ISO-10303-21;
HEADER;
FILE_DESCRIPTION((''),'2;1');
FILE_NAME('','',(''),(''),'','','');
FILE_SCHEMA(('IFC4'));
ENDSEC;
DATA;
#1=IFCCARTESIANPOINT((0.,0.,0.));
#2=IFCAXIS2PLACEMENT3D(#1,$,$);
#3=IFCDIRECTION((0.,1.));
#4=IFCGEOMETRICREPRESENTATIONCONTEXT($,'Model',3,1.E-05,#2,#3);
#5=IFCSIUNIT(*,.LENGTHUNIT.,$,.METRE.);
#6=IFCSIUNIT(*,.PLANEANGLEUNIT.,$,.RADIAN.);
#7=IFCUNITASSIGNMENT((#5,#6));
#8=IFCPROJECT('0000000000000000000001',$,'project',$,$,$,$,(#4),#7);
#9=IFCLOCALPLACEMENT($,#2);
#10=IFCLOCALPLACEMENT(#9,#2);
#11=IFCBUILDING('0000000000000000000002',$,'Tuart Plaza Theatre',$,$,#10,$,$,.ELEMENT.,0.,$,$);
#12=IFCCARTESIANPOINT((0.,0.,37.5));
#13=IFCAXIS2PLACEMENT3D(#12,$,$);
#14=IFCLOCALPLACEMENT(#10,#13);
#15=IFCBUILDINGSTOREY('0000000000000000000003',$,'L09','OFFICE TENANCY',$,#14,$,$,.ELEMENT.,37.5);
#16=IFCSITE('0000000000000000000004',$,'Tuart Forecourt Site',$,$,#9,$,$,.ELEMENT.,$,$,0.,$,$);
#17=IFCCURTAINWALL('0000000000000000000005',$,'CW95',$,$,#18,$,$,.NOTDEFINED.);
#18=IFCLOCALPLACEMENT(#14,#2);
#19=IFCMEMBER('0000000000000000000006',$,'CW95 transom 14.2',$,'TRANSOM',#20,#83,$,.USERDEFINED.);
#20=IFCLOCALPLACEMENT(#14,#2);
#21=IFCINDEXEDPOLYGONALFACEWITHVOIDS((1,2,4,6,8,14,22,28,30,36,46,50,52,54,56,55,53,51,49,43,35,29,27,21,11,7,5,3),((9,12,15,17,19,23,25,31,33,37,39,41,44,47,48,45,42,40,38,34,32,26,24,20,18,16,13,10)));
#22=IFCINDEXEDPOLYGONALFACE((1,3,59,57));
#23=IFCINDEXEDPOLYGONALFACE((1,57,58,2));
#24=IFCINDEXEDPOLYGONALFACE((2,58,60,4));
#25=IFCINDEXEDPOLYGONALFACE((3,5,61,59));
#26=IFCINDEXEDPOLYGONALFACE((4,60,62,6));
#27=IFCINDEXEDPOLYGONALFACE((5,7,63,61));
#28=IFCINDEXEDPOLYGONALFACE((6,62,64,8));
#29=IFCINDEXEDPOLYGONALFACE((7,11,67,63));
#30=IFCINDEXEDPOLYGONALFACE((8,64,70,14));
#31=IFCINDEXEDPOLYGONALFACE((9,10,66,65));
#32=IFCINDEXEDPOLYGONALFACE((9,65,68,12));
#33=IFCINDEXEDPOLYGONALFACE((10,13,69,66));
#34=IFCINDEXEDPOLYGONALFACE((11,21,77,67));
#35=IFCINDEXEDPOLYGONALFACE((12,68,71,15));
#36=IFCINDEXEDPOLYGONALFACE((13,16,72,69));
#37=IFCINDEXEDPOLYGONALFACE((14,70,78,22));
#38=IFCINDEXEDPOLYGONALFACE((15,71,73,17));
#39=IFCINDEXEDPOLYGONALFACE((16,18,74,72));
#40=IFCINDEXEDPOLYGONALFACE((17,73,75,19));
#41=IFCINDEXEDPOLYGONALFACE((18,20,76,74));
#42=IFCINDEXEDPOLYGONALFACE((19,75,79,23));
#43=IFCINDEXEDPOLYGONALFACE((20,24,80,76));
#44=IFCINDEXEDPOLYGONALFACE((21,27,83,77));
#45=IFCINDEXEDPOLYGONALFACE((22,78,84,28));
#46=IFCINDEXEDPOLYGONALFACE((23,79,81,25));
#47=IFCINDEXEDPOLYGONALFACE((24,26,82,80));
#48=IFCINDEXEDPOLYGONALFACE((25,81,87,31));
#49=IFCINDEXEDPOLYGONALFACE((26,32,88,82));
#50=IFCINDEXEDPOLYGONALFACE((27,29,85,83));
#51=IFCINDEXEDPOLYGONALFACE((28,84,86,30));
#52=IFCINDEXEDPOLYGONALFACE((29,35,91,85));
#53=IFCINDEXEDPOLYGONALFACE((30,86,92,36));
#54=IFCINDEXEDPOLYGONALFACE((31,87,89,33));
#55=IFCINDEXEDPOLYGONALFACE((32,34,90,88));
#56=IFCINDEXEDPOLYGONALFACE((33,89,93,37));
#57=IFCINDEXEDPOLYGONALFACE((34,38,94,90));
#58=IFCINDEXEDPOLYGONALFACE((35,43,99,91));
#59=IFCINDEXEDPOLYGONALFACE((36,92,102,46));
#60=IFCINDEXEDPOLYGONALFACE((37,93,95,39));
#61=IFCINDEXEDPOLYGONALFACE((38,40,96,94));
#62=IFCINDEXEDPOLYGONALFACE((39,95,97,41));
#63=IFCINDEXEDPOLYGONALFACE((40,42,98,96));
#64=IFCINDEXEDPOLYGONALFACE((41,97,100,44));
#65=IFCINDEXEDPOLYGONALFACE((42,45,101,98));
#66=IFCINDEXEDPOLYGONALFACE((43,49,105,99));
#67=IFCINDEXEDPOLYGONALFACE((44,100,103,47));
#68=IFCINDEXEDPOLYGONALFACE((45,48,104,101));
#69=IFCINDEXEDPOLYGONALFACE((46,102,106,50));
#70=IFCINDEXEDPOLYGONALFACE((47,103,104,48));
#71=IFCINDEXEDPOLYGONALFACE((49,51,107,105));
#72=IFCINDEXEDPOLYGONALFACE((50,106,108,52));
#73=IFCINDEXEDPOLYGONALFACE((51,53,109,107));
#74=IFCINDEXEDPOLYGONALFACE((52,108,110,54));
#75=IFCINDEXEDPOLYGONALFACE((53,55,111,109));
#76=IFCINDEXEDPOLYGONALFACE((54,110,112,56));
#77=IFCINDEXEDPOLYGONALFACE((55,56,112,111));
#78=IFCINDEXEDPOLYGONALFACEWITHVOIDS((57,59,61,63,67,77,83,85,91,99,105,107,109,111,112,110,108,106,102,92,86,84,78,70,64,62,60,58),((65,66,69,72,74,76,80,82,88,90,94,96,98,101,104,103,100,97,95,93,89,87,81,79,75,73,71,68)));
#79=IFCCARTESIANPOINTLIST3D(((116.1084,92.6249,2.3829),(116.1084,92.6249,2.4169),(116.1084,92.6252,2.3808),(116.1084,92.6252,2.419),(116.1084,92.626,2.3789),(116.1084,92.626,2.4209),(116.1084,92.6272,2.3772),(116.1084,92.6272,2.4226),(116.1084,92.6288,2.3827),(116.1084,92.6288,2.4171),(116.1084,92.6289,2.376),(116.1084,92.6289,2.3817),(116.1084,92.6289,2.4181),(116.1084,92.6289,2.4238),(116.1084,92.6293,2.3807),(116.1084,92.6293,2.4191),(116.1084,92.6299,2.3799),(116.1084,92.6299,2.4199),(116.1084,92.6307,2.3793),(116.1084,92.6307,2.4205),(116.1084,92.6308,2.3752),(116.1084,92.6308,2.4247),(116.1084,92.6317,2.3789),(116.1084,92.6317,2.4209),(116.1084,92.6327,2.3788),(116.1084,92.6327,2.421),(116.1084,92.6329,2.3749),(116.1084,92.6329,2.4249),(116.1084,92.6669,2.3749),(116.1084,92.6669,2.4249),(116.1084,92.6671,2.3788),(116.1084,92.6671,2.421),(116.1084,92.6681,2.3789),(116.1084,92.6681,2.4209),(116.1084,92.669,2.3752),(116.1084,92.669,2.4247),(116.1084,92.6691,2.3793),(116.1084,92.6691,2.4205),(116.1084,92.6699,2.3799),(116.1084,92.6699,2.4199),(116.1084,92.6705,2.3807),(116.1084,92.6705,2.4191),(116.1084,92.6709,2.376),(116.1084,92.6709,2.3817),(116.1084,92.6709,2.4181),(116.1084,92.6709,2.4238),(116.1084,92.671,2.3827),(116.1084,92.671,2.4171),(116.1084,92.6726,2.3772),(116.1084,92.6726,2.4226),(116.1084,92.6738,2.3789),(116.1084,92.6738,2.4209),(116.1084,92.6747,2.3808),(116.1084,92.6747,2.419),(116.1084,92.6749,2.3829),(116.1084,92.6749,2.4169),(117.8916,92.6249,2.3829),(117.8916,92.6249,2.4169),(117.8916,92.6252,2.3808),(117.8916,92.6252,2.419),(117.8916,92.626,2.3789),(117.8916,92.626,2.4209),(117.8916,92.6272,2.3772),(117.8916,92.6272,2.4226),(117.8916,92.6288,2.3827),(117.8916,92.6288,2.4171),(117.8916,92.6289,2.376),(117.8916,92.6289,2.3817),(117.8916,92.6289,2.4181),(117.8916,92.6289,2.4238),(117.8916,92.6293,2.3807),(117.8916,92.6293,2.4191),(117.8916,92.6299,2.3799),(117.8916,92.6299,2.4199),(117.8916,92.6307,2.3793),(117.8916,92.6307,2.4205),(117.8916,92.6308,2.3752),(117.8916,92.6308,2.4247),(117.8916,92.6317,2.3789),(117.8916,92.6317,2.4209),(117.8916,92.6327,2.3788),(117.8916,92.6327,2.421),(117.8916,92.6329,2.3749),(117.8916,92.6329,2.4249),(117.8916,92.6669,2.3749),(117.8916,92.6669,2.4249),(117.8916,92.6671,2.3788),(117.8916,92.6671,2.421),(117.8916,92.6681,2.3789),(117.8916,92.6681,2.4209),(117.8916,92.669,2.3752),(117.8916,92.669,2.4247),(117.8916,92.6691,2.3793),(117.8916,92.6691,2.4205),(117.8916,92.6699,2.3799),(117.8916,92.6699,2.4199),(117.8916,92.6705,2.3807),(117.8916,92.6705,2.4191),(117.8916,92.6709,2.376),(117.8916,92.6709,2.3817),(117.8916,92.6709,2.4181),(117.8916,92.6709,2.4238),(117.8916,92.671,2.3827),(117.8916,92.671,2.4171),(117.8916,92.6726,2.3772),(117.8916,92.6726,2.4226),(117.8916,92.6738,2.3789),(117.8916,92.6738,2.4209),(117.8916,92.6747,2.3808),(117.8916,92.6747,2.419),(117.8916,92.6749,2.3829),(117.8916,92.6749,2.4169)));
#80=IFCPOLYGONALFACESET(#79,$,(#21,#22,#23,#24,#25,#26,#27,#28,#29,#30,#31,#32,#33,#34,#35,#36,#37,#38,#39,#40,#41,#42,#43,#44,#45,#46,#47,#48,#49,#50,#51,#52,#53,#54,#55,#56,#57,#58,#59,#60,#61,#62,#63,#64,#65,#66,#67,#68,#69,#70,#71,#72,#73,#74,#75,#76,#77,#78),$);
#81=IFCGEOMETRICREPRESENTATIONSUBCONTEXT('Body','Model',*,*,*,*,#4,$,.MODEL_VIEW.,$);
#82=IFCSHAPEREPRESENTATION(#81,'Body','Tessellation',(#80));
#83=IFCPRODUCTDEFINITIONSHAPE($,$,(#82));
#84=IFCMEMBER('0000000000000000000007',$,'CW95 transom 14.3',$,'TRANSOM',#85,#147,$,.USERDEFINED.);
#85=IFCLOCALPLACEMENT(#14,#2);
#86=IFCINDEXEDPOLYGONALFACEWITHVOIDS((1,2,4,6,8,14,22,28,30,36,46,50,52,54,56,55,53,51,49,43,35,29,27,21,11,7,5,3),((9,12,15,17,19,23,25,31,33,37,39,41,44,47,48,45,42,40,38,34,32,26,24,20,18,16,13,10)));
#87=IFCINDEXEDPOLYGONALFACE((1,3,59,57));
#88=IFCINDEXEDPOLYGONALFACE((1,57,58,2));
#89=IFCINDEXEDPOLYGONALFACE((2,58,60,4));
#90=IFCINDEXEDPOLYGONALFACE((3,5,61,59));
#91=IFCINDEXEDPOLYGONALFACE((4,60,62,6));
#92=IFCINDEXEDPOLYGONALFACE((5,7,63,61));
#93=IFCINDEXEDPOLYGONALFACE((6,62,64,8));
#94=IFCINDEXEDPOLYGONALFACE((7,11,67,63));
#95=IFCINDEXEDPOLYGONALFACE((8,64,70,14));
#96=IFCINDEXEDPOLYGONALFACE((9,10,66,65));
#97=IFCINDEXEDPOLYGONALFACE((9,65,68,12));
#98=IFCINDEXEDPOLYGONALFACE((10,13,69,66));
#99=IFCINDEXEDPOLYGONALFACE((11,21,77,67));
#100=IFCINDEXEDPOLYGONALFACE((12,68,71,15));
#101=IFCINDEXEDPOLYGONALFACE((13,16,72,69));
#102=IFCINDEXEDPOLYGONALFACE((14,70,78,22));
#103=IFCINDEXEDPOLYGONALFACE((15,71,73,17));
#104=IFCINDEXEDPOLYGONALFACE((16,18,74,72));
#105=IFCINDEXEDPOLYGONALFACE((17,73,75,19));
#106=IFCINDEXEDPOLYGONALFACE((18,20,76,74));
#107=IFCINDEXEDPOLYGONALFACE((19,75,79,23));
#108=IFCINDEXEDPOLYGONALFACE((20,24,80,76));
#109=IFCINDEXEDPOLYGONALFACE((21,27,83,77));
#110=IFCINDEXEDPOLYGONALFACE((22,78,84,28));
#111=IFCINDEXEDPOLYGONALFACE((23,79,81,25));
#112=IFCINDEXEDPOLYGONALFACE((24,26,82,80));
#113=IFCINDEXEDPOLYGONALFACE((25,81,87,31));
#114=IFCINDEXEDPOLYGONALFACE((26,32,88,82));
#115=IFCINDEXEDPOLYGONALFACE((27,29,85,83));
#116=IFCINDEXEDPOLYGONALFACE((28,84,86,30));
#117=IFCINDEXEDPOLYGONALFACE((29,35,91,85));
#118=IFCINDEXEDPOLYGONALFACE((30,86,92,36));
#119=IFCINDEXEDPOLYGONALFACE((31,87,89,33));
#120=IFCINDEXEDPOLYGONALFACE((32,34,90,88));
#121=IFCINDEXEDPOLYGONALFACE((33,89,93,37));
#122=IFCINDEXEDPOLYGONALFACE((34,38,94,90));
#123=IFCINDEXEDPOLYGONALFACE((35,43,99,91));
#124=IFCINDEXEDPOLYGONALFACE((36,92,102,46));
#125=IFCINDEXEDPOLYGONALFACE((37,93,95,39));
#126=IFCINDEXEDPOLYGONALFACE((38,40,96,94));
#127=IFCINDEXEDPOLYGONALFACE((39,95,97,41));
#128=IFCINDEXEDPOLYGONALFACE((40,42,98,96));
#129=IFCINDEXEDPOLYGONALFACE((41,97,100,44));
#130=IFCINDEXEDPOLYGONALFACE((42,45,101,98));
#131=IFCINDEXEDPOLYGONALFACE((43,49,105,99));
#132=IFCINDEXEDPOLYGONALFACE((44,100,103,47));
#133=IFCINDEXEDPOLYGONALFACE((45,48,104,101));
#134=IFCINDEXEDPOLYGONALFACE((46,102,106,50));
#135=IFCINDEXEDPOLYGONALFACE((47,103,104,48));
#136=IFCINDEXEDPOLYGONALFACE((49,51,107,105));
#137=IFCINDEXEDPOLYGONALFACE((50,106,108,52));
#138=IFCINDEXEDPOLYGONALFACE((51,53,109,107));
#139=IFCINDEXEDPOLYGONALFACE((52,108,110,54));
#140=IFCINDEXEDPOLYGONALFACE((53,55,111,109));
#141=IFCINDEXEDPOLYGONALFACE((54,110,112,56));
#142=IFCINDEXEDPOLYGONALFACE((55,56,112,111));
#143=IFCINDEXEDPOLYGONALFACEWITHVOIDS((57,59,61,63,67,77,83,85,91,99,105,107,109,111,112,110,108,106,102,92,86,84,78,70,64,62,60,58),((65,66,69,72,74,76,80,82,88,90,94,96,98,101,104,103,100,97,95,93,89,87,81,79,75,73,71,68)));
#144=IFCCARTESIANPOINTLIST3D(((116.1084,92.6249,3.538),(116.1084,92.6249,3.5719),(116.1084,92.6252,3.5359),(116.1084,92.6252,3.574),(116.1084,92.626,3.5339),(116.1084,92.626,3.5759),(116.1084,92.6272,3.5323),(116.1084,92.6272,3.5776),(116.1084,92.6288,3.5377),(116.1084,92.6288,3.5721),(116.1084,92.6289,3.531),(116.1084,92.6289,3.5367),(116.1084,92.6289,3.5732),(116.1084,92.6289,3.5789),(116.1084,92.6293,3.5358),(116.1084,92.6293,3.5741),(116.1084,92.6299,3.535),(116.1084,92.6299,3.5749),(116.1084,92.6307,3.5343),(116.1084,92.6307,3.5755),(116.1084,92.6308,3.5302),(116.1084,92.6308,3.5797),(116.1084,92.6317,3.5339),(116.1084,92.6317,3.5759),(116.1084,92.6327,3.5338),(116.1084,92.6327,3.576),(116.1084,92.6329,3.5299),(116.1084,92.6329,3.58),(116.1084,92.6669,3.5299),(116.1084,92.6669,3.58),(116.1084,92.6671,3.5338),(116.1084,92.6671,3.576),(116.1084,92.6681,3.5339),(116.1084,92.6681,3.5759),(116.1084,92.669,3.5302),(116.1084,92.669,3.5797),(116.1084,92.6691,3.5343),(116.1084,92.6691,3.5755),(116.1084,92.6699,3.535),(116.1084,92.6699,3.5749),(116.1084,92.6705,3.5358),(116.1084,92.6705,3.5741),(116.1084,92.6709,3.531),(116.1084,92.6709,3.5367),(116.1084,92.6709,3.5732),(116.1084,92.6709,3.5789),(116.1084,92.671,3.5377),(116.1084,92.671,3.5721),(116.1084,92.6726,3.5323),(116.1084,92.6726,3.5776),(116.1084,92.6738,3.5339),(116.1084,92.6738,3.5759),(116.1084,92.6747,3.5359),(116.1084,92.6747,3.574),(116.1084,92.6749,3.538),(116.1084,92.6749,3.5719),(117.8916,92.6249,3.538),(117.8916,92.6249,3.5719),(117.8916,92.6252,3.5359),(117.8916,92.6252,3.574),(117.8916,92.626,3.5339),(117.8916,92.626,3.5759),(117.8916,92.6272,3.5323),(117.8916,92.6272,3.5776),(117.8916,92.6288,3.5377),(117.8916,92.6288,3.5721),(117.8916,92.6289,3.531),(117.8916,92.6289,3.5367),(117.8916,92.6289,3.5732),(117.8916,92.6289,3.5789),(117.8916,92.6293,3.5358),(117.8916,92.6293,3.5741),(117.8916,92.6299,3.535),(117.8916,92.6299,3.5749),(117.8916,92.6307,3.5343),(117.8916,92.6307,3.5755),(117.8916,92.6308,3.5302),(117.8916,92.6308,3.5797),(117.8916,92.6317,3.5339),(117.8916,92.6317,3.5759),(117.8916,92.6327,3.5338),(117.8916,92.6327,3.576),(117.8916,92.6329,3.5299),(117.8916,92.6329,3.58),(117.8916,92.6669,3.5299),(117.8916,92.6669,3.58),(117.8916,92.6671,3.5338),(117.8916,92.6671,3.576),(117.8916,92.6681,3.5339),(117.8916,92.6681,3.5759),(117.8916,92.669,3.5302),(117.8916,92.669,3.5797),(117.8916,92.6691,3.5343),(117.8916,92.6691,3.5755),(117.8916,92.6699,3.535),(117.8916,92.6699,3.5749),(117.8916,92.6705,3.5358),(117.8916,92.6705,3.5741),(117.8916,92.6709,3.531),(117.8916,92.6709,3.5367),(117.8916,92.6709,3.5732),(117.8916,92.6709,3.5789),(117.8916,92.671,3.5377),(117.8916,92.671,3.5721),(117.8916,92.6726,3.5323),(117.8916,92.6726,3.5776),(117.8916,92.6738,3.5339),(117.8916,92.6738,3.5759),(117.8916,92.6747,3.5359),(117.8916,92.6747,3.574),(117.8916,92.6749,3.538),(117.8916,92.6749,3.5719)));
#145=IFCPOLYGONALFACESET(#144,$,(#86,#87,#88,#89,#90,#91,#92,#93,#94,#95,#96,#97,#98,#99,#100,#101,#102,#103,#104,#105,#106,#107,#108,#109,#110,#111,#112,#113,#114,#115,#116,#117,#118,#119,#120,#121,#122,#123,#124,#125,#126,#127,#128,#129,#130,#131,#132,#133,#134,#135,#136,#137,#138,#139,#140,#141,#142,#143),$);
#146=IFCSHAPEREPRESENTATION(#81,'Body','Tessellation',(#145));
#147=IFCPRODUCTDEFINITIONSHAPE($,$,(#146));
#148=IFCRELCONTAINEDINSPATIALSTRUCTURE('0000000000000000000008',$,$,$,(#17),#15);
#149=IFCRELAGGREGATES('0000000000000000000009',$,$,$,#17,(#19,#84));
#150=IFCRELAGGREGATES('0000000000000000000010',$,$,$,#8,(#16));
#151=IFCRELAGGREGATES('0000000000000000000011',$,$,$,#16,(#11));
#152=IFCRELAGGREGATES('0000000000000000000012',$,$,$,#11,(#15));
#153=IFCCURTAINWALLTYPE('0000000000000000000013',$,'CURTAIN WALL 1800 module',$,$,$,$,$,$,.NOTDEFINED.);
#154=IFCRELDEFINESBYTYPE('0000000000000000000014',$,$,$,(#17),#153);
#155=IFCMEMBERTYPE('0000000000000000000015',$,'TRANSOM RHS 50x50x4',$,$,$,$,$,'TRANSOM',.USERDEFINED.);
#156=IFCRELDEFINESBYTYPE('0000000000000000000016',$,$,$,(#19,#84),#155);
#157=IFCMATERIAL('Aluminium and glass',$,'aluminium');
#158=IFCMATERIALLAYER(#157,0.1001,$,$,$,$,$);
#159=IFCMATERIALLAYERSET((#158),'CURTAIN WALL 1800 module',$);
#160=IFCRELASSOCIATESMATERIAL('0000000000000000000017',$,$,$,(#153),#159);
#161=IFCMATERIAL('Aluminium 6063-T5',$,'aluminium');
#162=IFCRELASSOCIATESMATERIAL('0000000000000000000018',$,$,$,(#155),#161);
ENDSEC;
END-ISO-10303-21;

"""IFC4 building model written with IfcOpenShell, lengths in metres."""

from ifc_helpers import new_model, si_unit, direction, frame, origin, origin_2d, place, context, subcontext, project, spatial, hollow_rectangle, extrude, material, layer, layer_set, material_profile, profile_set, type_object, element, aggregate, save


model = new_model("IFC4")

# Units and contexts
model_context = context("Model", 3, precision=1e-05, world=origin(), true_north=direction((0.0, 1.0)))
body_context = subcontext(model_context, "Body", "Model", "MODEL_VIEW")
ifc_project = project(units=[si_unit("LENGTHUNIT", "METRE"), si_unit("PLANEANGLEUNIT", "RADIAN")], contexts=[model_context])

# Site, building, storey
site_placement = place(None, origin())
site = spatial("IfcSite", under=ifc_project, at=site_placement, Name="Tuart Forecourt Site", CompositionType="ELEMENT", RefElevation=0.0)
building_placement = place(site_placement, origin())
building = spatial("IfcBuilding", under=site, at=building_placement, Name="Tuart Plaza Theatre", CompositionType="ELEMENT", ElevationOfRefHeight=0.0)
storey_placement = place(building_placement, frame((0.0, 0.0, 37.5)))
storey = spatial("IfcBuildingStorey", under=building, at=storey_placement, Name="L09", Description="OFFICE TENANCY", CompositionType="ELEMENT", Elevation=37.5)

# Curtain wall, members
ifc_material_1 = material(Name="Aluminium and glass", Category="aluminium")
ifc_layer_1 = layer(ifc_material_1, 0.1001)
ifc_layer_set_1 = layer_set([ifc_layer_1], Name="CURTAIN WALL 1800 module")
curtain_wall_type = type_object("IfcCurtainWallType", Name="CURTAIN WALL 1800 module", PredefinedType="NOTDEFINED", material=ifc_layer_set_1)
curtain_wall_placement = place(storey_placement, origin())
curtain_wall = element("IfcCurtainWall", 1, at=curtain_wall_placement, inside=storey, type_object=curtain_wall_type, Name="CW95", PredefinedType="NOTDEFINED")
ifc_material_2 = material(Name="Aluminium 6063-T5", Category="aluminium")
ifc_material_profile_1 = material_profile(ifc_material_2, hollow_rectangle(XDim=0.05, YDim=0.05, WallThickness=0.0039, InnerFilletRadius=0.0039, OuterFilletRadius=0.0081, at=origin_2d()), Name="RHS 50x50x4")
ifc_profile_set_1 = profile_set([ifc_material_profile_1], Name="Aluminium 6063-T5")
member_type_1 = type_object("IfcMemberType", Name="TRANSOM RHS 50x50x4", ElementType="TRANSOM", PredefinedType="USERDEFINED", material=ifc_profile_set_1)
member_1_placement = place(storey_placement, frame((117.8916, 92.6499, 2.3999), z_axis=(-1.0, 0.0, 0.0), x_axis=(0.0, -1.0, 0.0)))
member_1 = element("IfcMember", 2, at=member_1_placement, type_object=member_type_1, Name="CW95 transom 14.2", ObjectType="TRANSOM", PredefinedType="USERDEFINED", context=body_context, shape_type="SweptSolid", body=[
    extrude(hollow_rectangle(XDim=0.05, YDim=0.05, WallThickness=0.0039, InnerFilletRadius=0.0039, OuterFilletRadius=0.0081, at=origin_2d()), origin(), (0.0, 0.0, 1.0), 1.7832),
])
member_2_placement = place(storey_placement, frame((117.8916, 92.6499, 3.5549), z_axis=(-1.0, 0.0, 0.0), x_axis=(0.0, -1.0, 0.0)))
member_2 = element("IfcMember", 3, at=member_2_placement, type_object=member_type_1, Name="CW95 transom 14.3", ObjectType="TRANSOM", PredefinedType="USERDEFINED", context=body_context, shape_type="SweptSolid", body=[
    extrude(hollow_rectangle(XDim=0.05, YDim=0.05, WallThickness=0.0039, InnerFilletRadius=0.0039, OuterFilletRadius=0.0081, at=origin_2d()), origin(), (0.0, 0.0, 1.0), 1.7832),
])
aggregate(curtain_wall, [member_1, member_2])

save(model, "model.ifc")
